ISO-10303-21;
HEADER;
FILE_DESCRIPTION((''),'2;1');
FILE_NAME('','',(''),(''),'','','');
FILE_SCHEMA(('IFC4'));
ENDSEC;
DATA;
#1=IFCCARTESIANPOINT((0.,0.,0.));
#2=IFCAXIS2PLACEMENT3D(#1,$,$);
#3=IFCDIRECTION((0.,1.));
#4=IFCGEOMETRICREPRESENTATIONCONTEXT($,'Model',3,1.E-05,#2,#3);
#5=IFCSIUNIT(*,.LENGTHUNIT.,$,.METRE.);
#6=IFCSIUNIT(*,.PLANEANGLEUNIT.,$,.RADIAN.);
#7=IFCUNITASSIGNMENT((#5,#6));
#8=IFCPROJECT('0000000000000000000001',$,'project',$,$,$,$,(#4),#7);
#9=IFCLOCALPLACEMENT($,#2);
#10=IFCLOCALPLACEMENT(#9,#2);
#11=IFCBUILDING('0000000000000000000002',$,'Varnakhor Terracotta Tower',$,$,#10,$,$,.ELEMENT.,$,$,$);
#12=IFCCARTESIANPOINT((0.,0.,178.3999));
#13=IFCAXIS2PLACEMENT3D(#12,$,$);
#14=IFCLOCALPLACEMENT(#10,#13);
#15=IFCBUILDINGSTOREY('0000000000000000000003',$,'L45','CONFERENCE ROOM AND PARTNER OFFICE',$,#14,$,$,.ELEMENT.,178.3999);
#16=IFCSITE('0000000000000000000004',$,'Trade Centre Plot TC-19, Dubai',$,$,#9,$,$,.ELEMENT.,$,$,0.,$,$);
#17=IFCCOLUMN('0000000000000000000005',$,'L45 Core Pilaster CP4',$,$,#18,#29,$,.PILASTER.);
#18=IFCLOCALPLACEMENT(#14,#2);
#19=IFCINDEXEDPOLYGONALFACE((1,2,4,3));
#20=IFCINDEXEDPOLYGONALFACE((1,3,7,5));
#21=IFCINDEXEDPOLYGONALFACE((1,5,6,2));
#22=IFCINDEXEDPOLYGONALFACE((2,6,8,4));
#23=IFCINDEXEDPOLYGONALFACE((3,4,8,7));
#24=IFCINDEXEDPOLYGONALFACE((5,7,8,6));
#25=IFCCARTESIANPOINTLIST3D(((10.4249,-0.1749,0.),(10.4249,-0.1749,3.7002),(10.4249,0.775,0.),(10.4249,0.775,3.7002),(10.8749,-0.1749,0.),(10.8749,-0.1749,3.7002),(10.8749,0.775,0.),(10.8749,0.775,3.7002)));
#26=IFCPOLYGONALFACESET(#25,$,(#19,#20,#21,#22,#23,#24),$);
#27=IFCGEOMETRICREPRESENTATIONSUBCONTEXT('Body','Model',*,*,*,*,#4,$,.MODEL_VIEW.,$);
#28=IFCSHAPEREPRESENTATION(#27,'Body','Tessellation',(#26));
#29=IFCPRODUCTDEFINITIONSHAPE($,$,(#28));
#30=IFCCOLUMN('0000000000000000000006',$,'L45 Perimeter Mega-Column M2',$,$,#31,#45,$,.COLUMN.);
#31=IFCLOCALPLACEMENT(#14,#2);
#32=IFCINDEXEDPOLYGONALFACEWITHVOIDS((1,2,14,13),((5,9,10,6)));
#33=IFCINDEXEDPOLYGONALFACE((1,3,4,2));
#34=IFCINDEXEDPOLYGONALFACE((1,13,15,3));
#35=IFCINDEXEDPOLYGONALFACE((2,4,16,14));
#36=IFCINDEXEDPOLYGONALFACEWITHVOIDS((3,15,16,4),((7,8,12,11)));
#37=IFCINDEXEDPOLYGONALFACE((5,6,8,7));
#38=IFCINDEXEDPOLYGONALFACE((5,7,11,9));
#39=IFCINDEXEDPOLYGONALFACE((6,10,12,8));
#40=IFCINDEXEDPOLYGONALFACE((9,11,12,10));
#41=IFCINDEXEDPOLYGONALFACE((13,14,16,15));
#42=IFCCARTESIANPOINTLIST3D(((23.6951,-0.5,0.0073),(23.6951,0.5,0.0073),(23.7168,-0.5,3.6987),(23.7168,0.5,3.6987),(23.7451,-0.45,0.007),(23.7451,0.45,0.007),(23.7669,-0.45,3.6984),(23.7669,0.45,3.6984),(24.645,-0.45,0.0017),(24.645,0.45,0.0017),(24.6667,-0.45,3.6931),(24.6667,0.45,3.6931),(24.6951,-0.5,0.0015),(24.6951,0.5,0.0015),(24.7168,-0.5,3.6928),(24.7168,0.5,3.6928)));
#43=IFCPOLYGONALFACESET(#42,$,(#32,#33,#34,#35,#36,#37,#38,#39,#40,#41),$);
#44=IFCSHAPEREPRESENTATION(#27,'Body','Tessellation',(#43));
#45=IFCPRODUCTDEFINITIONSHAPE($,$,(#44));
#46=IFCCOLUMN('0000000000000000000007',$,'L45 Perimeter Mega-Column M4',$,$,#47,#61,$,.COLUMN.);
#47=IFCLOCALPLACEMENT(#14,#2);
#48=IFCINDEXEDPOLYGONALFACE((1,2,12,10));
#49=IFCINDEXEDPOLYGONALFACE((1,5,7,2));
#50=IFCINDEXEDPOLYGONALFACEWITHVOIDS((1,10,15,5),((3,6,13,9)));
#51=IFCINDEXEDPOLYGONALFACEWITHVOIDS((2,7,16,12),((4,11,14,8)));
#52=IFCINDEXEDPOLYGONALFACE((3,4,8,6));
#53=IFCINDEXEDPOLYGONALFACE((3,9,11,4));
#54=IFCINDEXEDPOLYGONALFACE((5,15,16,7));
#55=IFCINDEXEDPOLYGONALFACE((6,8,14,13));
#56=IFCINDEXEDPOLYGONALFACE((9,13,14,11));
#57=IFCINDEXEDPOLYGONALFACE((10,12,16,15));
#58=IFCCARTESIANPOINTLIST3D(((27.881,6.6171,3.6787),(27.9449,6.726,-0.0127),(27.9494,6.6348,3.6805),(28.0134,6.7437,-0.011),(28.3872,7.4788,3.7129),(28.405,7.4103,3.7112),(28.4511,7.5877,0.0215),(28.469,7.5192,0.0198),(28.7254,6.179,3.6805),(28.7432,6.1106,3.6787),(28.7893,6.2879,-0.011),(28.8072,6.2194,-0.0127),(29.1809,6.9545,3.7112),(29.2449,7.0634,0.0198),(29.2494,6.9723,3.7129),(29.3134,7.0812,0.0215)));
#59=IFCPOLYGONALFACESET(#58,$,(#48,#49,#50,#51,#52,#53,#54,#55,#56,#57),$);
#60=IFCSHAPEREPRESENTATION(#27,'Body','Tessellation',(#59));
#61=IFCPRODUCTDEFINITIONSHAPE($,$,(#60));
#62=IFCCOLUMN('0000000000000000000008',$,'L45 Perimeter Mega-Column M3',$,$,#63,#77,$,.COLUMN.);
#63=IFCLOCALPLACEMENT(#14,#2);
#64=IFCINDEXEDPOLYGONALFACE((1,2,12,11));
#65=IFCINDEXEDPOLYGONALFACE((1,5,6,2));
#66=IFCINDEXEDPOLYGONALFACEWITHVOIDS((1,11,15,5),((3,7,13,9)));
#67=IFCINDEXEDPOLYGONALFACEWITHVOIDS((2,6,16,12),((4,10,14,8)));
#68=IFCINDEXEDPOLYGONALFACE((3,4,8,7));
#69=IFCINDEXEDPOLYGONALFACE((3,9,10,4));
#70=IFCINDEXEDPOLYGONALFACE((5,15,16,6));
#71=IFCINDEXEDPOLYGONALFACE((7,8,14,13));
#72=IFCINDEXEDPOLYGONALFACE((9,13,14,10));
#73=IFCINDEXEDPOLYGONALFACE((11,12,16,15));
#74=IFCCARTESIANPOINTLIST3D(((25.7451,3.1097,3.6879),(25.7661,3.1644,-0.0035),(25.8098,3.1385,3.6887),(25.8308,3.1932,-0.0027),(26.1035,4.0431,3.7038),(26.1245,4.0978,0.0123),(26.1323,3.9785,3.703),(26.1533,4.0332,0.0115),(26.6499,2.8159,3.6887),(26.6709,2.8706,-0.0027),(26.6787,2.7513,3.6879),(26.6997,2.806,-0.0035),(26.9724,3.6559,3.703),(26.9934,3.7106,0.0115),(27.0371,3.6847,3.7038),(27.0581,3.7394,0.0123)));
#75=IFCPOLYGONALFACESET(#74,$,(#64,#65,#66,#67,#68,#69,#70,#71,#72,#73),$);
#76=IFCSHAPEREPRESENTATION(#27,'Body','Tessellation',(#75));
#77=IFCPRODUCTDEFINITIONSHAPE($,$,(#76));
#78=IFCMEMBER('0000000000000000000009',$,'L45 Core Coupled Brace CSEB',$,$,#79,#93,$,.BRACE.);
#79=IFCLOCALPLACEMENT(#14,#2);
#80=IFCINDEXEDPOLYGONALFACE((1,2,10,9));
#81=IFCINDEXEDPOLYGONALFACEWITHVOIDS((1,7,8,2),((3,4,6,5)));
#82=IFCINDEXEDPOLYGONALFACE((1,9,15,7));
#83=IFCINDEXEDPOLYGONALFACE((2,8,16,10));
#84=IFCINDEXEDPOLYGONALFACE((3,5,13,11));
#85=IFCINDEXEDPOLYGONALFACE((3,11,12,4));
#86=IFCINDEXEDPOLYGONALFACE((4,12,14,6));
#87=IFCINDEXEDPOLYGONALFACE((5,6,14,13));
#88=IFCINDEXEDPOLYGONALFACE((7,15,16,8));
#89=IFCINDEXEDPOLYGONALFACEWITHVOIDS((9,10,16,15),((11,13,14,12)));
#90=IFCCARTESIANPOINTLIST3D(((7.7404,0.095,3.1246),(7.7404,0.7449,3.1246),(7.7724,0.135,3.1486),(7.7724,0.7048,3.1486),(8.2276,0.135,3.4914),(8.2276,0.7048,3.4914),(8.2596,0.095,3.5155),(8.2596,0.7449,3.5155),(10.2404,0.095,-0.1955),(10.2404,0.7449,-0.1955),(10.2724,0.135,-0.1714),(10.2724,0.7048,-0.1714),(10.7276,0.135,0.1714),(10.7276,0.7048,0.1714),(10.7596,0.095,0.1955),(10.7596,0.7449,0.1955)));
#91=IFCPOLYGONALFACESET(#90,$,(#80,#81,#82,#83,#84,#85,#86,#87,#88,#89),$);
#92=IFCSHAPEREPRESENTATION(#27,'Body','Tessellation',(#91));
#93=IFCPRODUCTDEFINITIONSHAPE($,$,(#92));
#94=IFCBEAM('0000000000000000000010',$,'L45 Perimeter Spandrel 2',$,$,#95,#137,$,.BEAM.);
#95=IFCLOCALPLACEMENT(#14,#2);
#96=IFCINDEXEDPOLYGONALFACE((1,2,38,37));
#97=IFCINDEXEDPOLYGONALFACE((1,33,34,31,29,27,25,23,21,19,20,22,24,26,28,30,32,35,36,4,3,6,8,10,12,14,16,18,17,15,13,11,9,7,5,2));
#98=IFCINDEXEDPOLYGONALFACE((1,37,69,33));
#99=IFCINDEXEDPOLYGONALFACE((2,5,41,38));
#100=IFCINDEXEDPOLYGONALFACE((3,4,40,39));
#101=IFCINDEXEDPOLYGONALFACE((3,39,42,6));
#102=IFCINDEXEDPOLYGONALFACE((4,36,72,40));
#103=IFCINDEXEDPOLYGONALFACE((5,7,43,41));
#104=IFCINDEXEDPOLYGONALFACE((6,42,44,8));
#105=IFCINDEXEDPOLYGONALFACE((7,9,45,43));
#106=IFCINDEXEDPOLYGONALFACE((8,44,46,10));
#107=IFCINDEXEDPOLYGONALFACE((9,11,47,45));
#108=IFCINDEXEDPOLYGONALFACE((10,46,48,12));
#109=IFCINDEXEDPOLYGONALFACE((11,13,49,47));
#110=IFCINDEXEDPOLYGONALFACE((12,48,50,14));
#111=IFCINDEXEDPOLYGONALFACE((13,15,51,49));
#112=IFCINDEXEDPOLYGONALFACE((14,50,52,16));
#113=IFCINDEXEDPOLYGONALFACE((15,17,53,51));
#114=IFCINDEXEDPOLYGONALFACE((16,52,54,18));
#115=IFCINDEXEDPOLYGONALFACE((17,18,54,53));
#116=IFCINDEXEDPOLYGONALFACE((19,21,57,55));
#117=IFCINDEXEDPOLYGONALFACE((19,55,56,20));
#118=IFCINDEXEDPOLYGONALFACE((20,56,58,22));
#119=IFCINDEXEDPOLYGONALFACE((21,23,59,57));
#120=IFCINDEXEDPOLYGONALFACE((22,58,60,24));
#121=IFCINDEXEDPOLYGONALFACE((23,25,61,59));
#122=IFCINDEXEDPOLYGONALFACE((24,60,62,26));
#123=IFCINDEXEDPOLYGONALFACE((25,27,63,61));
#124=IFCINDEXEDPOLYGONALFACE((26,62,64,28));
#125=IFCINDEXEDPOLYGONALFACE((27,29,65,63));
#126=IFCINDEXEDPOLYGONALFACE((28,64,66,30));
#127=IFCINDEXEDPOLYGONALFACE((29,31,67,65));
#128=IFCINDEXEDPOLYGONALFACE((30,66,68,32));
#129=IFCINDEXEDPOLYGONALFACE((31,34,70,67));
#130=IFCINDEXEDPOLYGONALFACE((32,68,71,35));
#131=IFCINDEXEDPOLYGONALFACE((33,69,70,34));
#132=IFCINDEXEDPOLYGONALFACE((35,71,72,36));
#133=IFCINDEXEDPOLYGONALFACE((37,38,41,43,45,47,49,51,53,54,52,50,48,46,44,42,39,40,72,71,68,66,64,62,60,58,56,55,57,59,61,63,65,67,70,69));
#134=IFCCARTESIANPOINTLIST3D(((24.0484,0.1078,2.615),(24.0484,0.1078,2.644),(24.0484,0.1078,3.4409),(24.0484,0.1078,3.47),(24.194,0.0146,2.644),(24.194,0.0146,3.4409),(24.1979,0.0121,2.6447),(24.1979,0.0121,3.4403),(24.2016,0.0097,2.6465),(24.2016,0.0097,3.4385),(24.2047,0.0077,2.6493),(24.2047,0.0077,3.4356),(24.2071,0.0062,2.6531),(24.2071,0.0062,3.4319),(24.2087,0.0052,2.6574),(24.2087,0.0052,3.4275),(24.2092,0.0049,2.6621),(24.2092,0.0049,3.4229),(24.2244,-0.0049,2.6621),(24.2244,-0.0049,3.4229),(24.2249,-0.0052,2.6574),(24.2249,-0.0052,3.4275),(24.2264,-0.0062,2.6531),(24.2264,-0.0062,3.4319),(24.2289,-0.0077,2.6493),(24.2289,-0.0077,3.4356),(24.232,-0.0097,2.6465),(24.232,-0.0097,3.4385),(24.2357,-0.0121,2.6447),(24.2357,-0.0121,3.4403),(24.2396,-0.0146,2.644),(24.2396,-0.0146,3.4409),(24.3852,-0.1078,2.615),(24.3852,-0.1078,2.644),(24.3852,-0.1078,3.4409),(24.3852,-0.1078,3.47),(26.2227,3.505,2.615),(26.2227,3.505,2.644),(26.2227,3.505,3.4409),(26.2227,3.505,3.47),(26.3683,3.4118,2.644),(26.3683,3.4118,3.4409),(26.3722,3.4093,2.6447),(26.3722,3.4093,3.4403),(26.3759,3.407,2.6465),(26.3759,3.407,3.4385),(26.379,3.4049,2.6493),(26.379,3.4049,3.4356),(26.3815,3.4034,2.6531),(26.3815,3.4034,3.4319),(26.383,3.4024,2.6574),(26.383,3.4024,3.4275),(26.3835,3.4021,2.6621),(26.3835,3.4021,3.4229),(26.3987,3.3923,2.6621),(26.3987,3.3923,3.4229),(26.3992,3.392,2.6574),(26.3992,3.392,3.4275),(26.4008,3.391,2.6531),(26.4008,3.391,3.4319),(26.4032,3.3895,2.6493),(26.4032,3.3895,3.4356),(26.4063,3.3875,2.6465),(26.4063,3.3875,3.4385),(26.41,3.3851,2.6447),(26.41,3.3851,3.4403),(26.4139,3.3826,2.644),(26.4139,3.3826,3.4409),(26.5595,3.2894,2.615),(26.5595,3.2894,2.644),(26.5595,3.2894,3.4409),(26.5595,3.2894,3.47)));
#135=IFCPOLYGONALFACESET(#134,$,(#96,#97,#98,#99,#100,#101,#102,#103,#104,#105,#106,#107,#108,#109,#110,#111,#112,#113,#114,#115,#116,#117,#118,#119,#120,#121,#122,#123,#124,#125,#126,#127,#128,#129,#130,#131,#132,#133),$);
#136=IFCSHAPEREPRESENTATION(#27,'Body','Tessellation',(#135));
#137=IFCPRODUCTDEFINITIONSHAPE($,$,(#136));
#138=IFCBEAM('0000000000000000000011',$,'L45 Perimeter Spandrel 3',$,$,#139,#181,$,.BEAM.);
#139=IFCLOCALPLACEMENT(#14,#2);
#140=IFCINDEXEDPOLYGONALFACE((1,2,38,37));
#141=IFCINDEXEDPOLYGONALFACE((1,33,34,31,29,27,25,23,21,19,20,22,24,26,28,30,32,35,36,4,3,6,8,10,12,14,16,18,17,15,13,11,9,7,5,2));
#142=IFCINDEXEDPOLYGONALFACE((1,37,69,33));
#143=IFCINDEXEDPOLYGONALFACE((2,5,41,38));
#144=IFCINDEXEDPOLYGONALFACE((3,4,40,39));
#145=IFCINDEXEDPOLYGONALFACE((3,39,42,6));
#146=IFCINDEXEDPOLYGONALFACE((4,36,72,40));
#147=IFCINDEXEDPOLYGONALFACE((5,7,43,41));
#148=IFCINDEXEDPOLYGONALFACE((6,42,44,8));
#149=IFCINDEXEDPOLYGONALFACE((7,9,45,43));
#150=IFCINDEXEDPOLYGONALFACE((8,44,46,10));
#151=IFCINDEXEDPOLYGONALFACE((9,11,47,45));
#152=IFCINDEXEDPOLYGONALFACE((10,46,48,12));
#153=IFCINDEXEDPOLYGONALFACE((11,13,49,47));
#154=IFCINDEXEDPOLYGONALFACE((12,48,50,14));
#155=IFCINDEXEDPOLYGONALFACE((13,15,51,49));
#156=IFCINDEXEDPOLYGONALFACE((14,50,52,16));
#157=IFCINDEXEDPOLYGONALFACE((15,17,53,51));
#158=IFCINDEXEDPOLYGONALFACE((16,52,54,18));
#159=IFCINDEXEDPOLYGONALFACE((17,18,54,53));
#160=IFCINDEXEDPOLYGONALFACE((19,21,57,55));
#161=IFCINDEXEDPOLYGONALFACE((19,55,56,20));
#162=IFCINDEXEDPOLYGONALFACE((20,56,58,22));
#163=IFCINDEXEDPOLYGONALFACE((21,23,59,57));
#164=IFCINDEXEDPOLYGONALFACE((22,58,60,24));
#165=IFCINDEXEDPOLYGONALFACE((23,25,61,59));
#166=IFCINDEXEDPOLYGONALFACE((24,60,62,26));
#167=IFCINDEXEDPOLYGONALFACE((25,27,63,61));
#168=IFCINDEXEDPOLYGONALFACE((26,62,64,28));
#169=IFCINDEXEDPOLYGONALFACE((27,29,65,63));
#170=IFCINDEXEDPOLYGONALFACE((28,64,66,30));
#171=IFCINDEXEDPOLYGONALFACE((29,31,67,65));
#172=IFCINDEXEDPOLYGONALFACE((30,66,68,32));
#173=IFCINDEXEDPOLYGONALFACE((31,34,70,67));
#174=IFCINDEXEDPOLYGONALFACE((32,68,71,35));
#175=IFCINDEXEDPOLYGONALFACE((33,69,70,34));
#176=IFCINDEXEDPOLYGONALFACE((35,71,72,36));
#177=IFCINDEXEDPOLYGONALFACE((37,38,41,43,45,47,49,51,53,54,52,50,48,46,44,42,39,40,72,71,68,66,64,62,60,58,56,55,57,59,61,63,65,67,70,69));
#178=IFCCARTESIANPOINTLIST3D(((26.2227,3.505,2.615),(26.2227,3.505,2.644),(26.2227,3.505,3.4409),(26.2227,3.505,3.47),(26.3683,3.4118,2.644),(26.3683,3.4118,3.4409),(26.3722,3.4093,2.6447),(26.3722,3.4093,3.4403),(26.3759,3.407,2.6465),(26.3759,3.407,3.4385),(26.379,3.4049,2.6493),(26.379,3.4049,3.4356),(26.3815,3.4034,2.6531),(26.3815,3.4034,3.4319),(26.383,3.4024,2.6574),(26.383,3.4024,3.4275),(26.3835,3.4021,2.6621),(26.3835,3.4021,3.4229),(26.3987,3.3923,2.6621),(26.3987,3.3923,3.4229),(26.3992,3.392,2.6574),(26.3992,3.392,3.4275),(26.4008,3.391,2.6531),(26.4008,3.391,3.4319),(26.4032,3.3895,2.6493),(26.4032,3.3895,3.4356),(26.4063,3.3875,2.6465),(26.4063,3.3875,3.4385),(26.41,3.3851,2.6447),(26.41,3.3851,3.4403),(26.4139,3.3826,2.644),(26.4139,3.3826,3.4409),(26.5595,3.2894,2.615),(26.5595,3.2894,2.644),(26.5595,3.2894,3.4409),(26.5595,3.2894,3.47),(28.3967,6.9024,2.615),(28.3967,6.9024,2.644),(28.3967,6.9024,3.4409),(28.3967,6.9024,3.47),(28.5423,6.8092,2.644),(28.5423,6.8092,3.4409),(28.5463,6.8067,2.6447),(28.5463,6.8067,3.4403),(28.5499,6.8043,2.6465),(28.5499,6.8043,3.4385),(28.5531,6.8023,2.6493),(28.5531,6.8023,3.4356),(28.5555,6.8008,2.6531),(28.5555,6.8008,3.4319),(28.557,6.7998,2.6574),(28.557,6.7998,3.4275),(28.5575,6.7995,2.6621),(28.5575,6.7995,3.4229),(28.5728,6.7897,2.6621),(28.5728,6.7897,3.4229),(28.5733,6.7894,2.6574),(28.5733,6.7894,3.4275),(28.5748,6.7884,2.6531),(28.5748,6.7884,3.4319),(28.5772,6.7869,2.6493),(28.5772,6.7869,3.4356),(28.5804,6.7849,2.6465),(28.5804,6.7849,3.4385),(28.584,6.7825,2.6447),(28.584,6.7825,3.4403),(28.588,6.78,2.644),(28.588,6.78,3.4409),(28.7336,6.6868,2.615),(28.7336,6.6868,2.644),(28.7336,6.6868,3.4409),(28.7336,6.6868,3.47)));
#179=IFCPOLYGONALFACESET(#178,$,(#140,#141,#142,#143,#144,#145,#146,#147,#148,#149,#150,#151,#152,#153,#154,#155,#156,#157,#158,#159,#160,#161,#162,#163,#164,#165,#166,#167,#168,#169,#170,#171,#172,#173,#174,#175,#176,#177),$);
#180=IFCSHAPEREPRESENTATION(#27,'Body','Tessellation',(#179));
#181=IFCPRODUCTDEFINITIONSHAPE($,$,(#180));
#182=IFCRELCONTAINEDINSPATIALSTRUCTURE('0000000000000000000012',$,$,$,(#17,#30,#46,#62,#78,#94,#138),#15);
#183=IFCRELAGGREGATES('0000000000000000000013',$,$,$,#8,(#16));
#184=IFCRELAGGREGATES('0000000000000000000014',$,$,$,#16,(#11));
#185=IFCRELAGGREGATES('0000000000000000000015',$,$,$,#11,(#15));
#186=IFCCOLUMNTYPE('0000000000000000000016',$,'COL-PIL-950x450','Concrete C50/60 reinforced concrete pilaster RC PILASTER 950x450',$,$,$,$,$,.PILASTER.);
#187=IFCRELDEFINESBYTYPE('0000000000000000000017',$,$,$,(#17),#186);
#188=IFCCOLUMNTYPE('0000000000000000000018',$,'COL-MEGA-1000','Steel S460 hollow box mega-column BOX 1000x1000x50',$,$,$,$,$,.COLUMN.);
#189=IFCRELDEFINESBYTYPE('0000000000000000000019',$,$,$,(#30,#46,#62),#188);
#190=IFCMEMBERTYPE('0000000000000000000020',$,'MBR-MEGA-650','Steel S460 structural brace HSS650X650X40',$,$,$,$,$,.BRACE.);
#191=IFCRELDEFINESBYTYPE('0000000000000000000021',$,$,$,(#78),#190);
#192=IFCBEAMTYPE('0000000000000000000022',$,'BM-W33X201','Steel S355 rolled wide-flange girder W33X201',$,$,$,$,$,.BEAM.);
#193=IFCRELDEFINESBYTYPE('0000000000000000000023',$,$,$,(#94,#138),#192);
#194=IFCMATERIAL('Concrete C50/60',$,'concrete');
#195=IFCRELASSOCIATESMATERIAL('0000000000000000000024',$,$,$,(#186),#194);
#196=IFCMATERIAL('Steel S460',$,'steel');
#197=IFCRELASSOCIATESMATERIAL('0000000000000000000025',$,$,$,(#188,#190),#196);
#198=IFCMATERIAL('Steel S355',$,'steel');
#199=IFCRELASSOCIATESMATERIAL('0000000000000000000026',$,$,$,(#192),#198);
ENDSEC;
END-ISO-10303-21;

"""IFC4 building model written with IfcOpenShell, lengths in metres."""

from ifc_helpers import new_model, si_unit, direction, frame, origin, origin_2d, place, context, subcontext, project, spatial, rectangle, hollow_rectangle, i_section, extrude, source, transform, mapped, material, material_profile, profile_set, type_object, type_shapes, element, save


model = new_model("IFC4")

# Units and contexts
model_context = context("Model", 3, precision=1e-05, world=origin(), true_north=direction((0.0, 1.0)))
body_context = subcontext(model_context, "Body", "Model", "MODEL_VIEW")
ifc_project = project(units=[si_unit("LENGTHUNIT", "METRE"), si_unit("PLANEANGLEUNIT", "RADIAN")], contexts=[model_context])

# Site, building, storey
site_placement = place(None, origin())
site = spatial("IfcSite", under=ifc_project, at=site_placement, Name="Trade Centre Plot TC-19, Dubai", CompositionType="ELEMENT", RefElevation=0.0)
building_placement = place(site_placement, origin())
building = spatial("IfcBuilding", under=site, at=building_placement, Name="Varnakhor Terracotta Tower", CompositionType="ELEMENT")
storey_placement = place(building_placement, frame((0.0, 0.0, 178.3999)))
storey = spatial("IfcBuildingStorey", under=building, at=storey_placement, Name="L45", Description="CONFERENCE ROOM AND PARTNER OFFICE", CompositionType="ELEMENT", Elevation=178.3999)

# Columns
ifc_material_1 = material(Name="Concrete C50/60", Category="concrete")
ifc_material_profile_1 = material_profile(ifc_material_1, rectangle(XDim=0.45, YDim=0.95, at=origin_2d()), Name="RC PILASTER 950x450")
ifc_profile_set_1 = profile_set([ifc_material_profile_1], Name="Concrete C50/60")
column_type_1 = type_object("IfcColumnType", Name="COL-PIL-950x450", Description="Concrete C50/60 reinforced concrete pilaster RC PILASTER 950x450", PredefinedType="PILASTER", material=ifc_profile_set_1)
shared_shape_1 = source(origin(), body_context, "Body", "SweptSolid", [
    extrude(rectangle(XDim=0.45, YDim=0.95, at=origin_2d()), origin(), (0.0, 0.0, 1.0), 3.7002),
])
column_1_placement = place(storey_placement, frame((10.6499, 0.3, 0.0), z_axis=(0.0, 0.0, 1.0), x_axis=(1.0, 0.0, 0.0)))
element("IfcColumn", 1, at=column_1_placement, inside=storey, type_object=column_type_1, Name="L45 Core Pilaster CP4", PredefinedType="PILASTER", context=body_context, shape_type="MappedRepresentation", body=[
    mapped(shared_shape_1, transform((0.0, 0.0, 0.0), scale=1.0)),
])
ifc_material_2 = material(Name="Steel S460", Category="steel")
ifc_material_profile_2 = material_profile(ifc_material_2, hollow_rectangle(XDim=1.0, YDim=1.0, WallThickness=0.05, at=origin_2d()), Name="BOX 1000x1000x50")
ifc_profile_set_2 = profile_set([ifc_material_profile_2], Name="Steel S460")
column_type_2 = type_object("IfcColumnType", Name="COL-MEGA-1000", Description="Steel S460 hollow box mega-column BOX 1000x1000x50", PredefinedType="COLUMN", material=ifc_profile_set_2)
shared_shape_2 = source(origin(), body_context, "Body", "SweptSolid", [
    extrude(hollow_rectangle(XDim=1.0, YDim=1.0, WallThickness=0.05, at=origin_2d()), origin(), (0.0, 0.0, 1.0), 3.6914),
])
type_shapes(column_type_2, [shared_shape_2])
column_2_placement = place(storey_placement, frame((24.1951, 0.0, 0.0044), z_axis=(0.005886, 0.0, 0.999983), x_axis=(0.0, 1.0, 0.0)))
element("IfcColumn", 2, at=column_2_placement, inside=storey, type_object=column_type_2, Name="L45 Perimeter Mega-Column M2", PredefinedType="COLUMN", context=body_context, shape_type="MappedRepresentation", body=[
    mapped(shared_shape_2, transform((0.0, 0.0, 0.0), scale=1.0)),
])
shared_shape_3 = source(origin(), body_context, "Body", "SweptSolid", [
    extrude(hollow_rectangle(XDim=1.0, YDim=1.0, WallThickness=0.05, at=origin_2d()), origin(), (0.0, 0.0, 1.0), 3.6936),
])
column_3_placement = place(storey_placement, frame((28.6292, 6.9036, 0.0044), z_axis=(-0.017318, -0.02948, 0.999415), x_axis=(0.862232, -0.506513, 0.0)))
element("IfcColumn", 3, at=column_3_placement, inside=storey, type_object=column_type_2, Name="L45 Perimeter Mega-Column M4", PredefinedType="COLUMN", context=body_context, shape_type="MappedRepresentation", body=[
    mapped(shared_shape_3, transform((0.0, 0.0, 0.0), scale=1.0)),
])
shared_shape_4 = source(origin(), body_context, "Body", "SweptSolid", [
    extrude(hollow_rectangle(XDim=1.0, YDim=1.0, WallThickness=0.05, at=origin_2d()), origin(), (0.0, 0.0, 1.0), 3.6919),
])
column_4_placement = place(storey_placement, frame((26.4121, 3.4519, 0.0044), z_axis=(-0.005687, -0.014813, 0.999874), x_axis=(0.93356, -0.35842, 0.0)))
element("IfcColumn", 4, at=column_4_placement, inside=storey, type_object=column_type_2, Name="L45 Perimeter Mega-Column M3", PredefinedType="COLUMN", context=body_context, shape_type="MappedRepresentation", body=[
    mapped(shared_shape_4, transform((0.0, 0.0, 0.0), scale=1.0)),
])

# Member
ifc_material_profile_3 = material_profile(ifc_material_2, hollow_rectangle(XDim=0.6499, YDim=0.6499, WallThickness=0.04, at=origin_2d()), Name="HSS650X650X40")
ifc_profile_set_3 = profile_set([ifc_material_profile_3], Name="Steel S460")
member_type_1 = type_object("IfcMemberType", Name="MBR-MEGA-650", Description="Steel S460 structural brace HSS650X650X40", PredefinedType="BRACE", material=ifc_profile_set_3)
shared_shape_5 = source(origin(), body_context, "Body", "SweptSolid", [
    extrude(hollow_rectangle(XDim=0.6499, YDim=0.6499, WallThickness=0.04, at=origin_2d()), origin(), (0.0, 0.0, 1.0), 4.156),
])
member_1_placement = place(storey_placement, frame((10.5, 0.4199, 0.0), z_axis=(-0.601531, 0.0, 0.79885), x_axis=(0.0, -1.0, 0.0)))
element("IfcMember", 5, at=member_1_placement, inside=storey, type_object=member_type_1, Name="L45 Core Coupled Brace CSEB", PredefinedType="BRACE", context=body_context, shape_type="MappedRepresentation", body=[
    mapped(shared_shape_5, transform((0.0, 0.0, 0.0), scale=1.0)),
])

# Beams
ifc_material_3 = material(Name="Steel S355", Category="steel")
ifc_material_profile_4 = material_profile(ifc_material_3, i_section(OverallWidth=0.3999, OverallDepth=0.855, WebThickness=0.0181, FlangeThickness=0.0291, FilletRadius=0.0181, at=origin_2d()), Name="W33X201")
ifc_profile_set_4 = profile_set([ifc_material_profile_4], Name="Steel S355")
beam_type_1 = type_object("IfcBeamType", Name="BM-W33X201", Description="Steel S355 rolled wide-flange girder W33X201", PredefinedType="BEAM", material=ifc_profile_set_4)
shared_shape_6 = source(origin(), body_context, "Body", "SweptSolid", [
    extrude(i_section(OverallWidth=0.3999, OverallDepth=0.855, WebThickness=0.0181, FlangeThickness=0.0291, FilletRadius=0.0181, at=origin_2d()), origin(), (0.0, 0.0, 1.0), 4.0334),
])
for number, where, z_axis, x_axis, name in (
    (6, (24.2168, 0.0, 3.0425), (0.539071, 0.84226, 0.0), (-0.84226, 0.539071, 0.0), "L45 Perimeter Spandrel 2"),
    (7, (26.3911, 3.3972, 3.0425), (0.539, 0.842305, 0.0), (-0.842305, 0.539, 0.0), "L45 Perimeter Spandrel 3"),
):
    element("IfcBeam", number, at=place(storey_placement, frame(where, z_axis=z_axis, x_axis=x_axis)), inside=storey, type_object=beam_type_1, Name=name, PredefinedType="BEAM", context=body_context, shape_type="MappedRepresentation", body=[
        mapped(shared_shape_6, transform((0.0, 0.0, 0.0), scale=1.0)),
    ])

save(model, "model.ifc")
